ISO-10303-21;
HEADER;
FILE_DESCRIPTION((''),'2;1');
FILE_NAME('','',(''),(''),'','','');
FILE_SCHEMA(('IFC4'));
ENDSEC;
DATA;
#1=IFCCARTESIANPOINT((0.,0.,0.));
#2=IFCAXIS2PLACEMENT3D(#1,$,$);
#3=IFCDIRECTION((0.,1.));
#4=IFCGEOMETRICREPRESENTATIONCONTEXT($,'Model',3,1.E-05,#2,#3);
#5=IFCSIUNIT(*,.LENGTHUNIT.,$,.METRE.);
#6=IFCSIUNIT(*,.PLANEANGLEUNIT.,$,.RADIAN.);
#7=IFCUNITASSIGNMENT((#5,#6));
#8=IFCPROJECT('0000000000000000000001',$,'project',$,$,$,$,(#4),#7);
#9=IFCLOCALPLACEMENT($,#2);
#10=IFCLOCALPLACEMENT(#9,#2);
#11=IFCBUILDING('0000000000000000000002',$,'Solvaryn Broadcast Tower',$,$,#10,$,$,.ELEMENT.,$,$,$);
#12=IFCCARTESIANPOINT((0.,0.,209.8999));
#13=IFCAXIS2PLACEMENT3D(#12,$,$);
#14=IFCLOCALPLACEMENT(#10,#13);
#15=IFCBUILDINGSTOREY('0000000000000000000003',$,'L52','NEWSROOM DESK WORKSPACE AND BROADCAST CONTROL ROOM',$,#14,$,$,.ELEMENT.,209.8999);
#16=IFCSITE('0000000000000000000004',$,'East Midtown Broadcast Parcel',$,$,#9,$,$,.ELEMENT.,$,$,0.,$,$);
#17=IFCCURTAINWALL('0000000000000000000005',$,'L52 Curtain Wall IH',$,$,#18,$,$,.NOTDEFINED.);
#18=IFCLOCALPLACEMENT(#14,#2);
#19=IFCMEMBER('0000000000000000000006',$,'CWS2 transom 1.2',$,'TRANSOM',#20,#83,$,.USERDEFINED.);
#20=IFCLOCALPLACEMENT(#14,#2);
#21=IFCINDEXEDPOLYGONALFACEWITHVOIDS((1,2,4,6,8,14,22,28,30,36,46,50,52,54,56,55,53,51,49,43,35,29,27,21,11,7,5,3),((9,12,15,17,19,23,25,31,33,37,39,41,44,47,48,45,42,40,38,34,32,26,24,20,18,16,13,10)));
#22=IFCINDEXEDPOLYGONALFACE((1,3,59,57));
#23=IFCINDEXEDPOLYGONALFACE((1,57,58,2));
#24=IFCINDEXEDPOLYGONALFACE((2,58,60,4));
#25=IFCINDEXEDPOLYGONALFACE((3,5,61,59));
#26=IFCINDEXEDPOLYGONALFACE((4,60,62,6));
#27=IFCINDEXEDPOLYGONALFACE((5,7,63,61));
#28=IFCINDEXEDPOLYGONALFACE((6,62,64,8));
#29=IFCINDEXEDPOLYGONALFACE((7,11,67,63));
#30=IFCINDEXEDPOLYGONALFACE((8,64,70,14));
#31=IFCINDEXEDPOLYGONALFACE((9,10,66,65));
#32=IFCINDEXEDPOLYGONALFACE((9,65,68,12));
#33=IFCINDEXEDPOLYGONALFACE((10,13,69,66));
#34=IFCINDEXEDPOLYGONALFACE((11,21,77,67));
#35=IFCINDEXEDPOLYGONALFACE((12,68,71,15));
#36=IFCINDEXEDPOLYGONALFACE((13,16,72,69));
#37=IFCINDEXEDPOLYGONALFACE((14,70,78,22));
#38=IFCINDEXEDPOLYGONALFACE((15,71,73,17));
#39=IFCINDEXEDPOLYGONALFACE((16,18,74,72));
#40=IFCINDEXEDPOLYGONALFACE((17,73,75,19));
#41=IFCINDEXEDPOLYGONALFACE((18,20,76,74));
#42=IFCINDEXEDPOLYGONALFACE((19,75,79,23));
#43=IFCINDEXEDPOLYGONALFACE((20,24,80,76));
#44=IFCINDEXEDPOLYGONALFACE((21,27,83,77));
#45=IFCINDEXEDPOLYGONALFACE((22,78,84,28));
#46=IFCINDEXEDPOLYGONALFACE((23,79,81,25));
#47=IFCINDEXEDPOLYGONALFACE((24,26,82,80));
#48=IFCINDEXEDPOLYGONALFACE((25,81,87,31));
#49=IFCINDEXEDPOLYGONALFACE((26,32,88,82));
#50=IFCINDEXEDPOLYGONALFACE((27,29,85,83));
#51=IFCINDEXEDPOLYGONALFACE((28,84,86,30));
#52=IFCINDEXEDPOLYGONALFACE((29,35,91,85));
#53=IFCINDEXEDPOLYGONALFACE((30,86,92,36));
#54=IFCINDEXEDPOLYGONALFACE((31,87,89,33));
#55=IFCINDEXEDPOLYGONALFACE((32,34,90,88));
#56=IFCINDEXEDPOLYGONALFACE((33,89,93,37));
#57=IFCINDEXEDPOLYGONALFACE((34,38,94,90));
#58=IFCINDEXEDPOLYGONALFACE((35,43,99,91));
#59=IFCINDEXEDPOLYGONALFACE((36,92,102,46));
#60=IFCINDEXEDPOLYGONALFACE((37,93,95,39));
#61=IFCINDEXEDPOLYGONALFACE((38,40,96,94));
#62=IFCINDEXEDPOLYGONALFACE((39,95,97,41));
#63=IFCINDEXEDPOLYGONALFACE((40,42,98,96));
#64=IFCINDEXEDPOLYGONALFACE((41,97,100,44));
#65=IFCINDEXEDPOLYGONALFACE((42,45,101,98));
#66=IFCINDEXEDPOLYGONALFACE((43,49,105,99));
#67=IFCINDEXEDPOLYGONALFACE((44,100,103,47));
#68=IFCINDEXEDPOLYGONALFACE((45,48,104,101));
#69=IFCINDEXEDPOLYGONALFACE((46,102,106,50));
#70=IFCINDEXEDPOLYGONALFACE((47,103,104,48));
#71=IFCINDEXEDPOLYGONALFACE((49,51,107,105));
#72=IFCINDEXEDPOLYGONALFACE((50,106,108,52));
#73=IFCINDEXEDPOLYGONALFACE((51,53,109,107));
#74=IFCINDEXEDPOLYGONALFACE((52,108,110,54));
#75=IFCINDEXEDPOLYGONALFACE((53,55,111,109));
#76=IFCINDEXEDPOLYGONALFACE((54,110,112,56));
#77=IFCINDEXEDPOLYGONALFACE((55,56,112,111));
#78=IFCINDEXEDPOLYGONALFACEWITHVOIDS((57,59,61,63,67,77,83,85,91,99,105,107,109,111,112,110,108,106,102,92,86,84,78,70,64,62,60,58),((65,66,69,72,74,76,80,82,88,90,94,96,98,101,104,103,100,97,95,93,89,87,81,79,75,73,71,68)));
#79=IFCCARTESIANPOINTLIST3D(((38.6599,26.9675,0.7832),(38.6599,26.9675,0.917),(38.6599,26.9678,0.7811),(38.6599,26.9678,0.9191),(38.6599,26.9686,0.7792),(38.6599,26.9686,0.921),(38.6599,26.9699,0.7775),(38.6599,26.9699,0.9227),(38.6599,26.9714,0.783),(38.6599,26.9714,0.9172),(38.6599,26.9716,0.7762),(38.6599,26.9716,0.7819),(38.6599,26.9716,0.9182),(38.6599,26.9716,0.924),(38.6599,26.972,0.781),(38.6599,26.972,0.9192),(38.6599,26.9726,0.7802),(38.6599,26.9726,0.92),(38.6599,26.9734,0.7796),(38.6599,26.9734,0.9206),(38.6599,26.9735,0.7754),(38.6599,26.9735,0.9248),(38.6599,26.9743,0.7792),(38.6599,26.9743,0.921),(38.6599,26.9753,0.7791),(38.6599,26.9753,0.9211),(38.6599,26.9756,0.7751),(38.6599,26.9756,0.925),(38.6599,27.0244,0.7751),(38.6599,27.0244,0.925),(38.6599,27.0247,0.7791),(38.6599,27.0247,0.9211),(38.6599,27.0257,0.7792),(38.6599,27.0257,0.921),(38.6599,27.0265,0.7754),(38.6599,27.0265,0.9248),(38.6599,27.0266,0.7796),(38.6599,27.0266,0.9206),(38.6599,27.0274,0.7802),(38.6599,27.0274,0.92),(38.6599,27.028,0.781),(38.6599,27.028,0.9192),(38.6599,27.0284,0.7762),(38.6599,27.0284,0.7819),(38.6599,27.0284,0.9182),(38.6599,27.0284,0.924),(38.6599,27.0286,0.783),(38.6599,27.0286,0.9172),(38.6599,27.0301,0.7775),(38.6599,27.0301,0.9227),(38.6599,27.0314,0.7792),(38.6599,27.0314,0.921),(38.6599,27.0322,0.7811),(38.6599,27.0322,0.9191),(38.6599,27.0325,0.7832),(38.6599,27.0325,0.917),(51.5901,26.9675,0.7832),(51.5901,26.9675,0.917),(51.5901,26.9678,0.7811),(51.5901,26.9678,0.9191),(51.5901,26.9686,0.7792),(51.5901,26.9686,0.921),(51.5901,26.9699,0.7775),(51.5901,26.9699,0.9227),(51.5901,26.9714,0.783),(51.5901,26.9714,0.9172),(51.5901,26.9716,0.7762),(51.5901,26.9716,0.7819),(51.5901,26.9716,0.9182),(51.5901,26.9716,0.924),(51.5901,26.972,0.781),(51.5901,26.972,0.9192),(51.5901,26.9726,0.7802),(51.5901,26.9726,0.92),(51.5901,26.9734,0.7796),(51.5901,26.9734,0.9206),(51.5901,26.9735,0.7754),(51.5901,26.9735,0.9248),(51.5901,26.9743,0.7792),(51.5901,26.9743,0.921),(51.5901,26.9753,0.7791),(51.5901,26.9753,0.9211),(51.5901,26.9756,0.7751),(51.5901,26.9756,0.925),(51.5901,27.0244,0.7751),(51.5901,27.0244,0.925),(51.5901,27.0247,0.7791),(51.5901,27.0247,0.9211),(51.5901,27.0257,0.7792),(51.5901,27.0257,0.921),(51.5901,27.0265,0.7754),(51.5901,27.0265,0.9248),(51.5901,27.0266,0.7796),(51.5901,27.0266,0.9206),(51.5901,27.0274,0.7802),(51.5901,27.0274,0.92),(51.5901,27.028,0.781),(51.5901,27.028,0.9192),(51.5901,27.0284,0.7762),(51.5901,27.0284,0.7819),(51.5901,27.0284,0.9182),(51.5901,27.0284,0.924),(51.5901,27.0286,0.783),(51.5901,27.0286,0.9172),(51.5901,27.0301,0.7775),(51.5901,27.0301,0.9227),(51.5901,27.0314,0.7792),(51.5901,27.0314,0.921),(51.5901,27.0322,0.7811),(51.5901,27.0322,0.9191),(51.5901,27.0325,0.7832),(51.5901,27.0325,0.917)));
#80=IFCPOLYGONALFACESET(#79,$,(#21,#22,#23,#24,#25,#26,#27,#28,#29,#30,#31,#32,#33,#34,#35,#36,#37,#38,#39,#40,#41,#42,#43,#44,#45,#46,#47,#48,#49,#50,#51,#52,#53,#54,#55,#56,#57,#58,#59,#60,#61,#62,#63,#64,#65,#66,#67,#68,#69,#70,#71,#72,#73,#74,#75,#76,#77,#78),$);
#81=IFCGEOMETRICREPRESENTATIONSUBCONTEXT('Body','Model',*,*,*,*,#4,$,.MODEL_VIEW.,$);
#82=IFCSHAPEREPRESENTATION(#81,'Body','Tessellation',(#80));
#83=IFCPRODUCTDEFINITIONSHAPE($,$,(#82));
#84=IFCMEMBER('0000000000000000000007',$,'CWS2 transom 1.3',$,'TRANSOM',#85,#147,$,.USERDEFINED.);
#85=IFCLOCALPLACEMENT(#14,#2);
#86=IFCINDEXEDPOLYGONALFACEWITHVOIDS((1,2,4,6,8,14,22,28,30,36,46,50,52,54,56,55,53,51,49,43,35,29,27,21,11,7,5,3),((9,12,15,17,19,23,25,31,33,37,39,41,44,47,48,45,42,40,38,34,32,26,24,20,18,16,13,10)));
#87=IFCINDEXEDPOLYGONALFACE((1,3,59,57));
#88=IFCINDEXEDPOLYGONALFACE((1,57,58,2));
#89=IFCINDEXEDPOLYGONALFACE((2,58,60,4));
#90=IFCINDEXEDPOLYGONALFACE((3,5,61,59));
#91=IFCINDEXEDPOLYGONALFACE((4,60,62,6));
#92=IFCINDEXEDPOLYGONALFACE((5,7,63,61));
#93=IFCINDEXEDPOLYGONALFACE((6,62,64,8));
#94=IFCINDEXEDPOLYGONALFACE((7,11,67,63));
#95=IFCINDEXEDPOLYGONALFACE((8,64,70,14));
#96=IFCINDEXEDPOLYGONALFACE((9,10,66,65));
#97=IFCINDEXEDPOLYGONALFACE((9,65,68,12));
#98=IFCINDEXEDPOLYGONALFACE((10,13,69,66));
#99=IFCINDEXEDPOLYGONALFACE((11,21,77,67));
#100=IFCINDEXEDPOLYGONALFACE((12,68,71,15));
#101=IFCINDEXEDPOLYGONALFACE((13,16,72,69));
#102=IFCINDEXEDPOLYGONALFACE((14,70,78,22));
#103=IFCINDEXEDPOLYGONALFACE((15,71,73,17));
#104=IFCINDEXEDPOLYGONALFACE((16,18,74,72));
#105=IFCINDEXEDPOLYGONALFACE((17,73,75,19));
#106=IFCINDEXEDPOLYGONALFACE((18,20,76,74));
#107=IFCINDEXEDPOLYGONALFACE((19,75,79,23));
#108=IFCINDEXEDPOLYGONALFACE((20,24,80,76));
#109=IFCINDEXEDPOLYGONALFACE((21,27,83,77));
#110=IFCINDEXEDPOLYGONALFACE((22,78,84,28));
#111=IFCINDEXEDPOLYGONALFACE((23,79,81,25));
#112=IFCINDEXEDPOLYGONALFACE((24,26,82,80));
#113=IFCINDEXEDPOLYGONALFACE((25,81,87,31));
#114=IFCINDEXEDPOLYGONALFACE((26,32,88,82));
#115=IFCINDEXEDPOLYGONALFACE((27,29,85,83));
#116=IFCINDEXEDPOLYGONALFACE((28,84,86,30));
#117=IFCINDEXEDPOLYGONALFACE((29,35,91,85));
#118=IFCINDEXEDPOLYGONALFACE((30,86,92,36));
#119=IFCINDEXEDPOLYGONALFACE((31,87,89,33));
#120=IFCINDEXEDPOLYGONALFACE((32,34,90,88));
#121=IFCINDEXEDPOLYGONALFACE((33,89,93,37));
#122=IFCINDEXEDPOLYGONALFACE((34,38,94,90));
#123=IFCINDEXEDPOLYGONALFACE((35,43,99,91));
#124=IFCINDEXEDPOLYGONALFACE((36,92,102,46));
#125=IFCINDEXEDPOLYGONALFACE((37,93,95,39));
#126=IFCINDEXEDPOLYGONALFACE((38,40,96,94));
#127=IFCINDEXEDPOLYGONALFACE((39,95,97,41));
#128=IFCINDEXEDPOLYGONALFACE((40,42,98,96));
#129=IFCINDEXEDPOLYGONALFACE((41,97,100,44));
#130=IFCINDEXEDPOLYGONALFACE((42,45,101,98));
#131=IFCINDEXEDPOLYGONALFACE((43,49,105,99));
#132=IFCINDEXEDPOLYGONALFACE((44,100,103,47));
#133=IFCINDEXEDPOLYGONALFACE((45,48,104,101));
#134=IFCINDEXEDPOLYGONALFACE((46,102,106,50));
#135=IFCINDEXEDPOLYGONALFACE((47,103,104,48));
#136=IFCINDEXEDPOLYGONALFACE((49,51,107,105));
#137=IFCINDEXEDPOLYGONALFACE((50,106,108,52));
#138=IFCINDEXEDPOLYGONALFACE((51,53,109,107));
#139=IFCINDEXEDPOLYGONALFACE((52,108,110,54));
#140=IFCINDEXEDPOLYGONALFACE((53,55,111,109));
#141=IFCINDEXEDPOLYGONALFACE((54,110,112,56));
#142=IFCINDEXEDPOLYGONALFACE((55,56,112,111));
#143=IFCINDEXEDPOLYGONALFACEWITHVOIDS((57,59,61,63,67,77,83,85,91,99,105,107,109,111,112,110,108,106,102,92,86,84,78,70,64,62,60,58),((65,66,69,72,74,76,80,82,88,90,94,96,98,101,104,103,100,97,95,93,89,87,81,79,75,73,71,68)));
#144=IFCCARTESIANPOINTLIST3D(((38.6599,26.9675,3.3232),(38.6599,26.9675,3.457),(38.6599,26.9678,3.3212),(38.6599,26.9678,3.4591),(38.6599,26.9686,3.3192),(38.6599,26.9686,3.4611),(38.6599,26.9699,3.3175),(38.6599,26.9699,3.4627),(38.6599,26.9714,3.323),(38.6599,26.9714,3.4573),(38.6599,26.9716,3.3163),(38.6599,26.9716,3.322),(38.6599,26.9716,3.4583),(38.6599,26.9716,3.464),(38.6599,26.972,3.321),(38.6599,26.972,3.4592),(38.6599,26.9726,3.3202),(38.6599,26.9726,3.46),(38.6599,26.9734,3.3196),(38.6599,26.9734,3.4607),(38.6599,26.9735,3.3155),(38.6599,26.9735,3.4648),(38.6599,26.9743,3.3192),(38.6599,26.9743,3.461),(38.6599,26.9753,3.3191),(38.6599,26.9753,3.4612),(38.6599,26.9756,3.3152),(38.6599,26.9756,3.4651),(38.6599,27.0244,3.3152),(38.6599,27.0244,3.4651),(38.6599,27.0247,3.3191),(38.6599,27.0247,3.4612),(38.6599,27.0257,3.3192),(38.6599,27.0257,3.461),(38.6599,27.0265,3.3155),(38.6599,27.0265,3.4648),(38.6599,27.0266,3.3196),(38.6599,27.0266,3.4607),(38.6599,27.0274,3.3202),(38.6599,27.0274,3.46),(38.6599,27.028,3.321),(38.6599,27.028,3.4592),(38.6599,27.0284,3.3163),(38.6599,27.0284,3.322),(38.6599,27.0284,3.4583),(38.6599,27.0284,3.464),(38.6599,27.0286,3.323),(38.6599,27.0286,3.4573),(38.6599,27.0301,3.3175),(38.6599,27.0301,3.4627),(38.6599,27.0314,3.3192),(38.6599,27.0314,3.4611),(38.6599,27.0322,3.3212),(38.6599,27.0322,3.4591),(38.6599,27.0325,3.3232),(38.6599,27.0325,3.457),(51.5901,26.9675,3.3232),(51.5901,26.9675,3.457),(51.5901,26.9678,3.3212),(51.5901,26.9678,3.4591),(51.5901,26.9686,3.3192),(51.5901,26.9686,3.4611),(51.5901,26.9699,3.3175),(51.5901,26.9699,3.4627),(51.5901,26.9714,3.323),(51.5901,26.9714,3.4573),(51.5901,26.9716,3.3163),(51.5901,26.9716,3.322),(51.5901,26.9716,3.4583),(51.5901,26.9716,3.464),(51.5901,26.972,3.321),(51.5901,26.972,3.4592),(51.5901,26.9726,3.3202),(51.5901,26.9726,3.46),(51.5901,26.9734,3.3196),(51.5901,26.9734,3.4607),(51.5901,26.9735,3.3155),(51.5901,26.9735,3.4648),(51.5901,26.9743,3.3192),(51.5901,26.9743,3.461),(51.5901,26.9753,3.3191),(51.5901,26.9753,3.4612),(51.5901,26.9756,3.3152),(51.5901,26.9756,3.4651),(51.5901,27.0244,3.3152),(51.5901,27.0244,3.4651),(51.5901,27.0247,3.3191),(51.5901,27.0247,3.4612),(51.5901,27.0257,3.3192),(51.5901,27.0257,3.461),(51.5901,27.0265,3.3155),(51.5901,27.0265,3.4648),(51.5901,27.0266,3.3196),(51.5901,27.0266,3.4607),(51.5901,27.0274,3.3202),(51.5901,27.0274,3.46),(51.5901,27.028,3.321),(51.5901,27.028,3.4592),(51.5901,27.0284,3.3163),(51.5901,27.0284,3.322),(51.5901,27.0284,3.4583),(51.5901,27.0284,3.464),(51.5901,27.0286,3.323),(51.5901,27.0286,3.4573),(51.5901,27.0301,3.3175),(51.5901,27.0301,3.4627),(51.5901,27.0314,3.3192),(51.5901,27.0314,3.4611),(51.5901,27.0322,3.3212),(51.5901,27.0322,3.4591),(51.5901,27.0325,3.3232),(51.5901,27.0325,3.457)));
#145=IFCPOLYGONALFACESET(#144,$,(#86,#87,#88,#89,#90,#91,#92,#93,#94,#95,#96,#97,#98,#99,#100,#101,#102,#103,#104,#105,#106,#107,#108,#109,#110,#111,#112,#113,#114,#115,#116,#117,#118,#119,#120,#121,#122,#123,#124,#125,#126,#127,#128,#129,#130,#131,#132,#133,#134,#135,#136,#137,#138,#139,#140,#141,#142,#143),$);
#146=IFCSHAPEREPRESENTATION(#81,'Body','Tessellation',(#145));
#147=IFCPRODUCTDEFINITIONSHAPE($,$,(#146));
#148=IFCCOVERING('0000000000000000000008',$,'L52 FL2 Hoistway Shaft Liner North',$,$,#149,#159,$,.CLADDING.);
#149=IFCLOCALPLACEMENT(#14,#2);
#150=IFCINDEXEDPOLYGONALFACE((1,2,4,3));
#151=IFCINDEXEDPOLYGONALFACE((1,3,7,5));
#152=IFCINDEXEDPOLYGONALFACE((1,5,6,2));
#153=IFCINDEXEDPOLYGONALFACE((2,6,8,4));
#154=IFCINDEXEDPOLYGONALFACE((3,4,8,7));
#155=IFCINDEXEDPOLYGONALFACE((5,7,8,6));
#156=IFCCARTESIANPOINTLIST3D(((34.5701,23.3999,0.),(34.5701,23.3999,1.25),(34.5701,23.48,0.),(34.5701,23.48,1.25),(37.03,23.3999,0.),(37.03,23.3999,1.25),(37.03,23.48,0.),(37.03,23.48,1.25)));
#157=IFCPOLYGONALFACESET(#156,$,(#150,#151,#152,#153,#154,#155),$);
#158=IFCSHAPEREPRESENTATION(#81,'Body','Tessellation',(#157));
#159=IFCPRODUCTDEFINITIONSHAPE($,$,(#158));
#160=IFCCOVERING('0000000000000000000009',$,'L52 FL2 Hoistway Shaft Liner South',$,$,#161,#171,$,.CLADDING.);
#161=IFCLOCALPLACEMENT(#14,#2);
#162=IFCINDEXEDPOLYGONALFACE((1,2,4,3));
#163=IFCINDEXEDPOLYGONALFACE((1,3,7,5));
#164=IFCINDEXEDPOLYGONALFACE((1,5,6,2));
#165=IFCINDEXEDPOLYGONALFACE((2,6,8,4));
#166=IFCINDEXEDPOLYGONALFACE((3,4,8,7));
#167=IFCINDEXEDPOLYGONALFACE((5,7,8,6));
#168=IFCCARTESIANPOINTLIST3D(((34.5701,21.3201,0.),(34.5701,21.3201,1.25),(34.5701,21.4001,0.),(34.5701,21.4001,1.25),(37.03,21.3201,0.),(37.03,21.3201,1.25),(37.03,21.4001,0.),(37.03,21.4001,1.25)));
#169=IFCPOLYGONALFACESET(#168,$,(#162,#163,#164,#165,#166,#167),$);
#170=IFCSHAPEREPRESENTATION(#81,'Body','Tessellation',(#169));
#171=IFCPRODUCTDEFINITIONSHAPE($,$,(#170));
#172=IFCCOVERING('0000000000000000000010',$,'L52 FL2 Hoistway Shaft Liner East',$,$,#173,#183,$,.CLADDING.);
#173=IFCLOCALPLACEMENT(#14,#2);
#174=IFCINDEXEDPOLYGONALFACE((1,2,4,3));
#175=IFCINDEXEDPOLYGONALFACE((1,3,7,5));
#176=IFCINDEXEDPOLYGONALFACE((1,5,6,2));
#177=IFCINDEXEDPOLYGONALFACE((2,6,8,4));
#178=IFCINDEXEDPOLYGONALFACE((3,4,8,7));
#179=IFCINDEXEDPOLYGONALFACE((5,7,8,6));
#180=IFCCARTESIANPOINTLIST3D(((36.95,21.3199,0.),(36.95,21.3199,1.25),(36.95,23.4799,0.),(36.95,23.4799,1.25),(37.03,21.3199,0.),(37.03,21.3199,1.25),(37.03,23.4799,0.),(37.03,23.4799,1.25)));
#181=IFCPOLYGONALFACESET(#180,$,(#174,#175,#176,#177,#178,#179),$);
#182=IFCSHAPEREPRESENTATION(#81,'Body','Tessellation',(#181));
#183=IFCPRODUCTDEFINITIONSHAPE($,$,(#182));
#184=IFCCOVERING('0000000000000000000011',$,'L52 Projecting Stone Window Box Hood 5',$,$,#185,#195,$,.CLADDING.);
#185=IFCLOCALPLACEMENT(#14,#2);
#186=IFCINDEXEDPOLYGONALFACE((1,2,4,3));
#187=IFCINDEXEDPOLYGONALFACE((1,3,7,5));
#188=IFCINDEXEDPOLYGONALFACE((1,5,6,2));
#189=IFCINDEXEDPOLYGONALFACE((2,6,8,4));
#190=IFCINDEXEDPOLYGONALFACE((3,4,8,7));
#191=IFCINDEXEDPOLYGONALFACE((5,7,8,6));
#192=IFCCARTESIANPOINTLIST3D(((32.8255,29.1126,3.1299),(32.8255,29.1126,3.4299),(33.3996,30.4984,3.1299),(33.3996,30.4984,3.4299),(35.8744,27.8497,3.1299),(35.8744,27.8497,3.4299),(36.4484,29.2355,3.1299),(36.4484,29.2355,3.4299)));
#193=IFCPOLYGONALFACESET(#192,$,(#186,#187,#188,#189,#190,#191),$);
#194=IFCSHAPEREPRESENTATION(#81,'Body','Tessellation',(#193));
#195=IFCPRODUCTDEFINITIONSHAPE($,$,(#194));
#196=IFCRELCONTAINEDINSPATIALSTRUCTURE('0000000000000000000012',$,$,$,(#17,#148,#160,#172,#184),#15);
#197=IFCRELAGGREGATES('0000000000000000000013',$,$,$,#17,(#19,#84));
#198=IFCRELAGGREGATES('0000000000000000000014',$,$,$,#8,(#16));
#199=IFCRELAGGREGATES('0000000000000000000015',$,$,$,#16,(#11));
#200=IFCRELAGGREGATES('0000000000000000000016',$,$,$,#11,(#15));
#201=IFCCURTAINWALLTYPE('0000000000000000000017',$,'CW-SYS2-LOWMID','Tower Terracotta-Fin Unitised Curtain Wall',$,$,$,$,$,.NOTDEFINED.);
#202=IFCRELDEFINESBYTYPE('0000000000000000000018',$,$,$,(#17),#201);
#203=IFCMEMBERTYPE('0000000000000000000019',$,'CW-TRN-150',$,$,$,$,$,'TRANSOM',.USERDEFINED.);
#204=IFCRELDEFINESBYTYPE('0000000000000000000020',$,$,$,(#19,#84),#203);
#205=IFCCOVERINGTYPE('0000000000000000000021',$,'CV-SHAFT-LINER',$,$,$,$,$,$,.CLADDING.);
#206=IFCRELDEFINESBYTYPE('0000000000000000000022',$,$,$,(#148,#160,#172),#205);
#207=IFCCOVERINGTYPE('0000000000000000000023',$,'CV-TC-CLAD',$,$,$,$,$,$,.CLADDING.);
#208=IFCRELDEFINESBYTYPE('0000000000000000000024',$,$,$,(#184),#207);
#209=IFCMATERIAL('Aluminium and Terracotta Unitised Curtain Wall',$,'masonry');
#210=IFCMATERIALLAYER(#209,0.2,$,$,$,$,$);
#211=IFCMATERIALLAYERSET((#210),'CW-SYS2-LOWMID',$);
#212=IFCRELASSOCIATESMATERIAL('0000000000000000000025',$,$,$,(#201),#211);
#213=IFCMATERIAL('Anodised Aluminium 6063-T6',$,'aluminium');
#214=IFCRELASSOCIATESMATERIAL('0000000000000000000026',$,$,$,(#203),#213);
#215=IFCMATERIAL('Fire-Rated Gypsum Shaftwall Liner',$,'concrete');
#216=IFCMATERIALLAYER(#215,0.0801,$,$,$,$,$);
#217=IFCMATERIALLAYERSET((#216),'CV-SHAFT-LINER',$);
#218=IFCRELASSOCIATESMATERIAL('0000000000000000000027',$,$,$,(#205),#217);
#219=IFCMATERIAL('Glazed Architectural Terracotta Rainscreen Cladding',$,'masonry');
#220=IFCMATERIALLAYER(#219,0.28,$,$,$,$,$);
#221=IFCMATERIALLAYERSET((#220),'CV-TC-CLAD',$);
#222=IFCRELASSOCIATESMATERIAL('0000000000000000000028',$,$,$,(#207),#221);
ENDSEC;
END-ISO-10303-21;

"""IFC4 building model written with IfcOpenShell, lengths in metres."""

from ifc_helpers import new_model, si_unit, direction, frame, origin, origin_2d, place, context, subcontext, project, spatial, rectangle, hollow_rectangle, extrude, material, layer, layer_set, material_profile, profile_set, type_object, element, aggregate, save


model = new_model("IFC4")

# Units and contexts
model_context = context("Model", 3, precision=1e-05, world=origin(), true_north=direction((0.0, 1.0)))
body_context = subcontext(model_context, "Body", "Model", "MODEL_VIEW")
ifc_project = project(units=[si_unit("LENGTHUNIT", "METRE"), si_unit("PLANEANGLEUNIT", "RADIAN")], contexts=[model_context])

# Site, building, storey
site_placement = place(None, origin())
site = spatial("IfcSite", under=ifc_project, at=site_placement, Name="East Midtown Broadcast Parcel", CompositionType="ELEMENT", RefElevation=0.0)
building_placement = place(site_placement, origin())
building = spatial("IfcBuilding", under=site, at=building_placement, Name="Solvaryn Broadcast Tower", CompositionType="ELEMENT")
storey_placement = place(building_placement, frame((0.0, 0.0, 209.8999)))
storey = spatial("IfcBuildingStorey", under=building, at=storey_placement, Name="L52", Description="NEWSROOM DESK WORKSPACE AND BROADCAST CONTROL ROOM", CompositionType="ELEMENT", Elevation=209.8999)

# Curtain wall
ifc_material_1 = material(Name="Aluminium and Terracotta Unitised Curtain Wall", Category="masonry")
ifc_layer_1 = layer(ifc_material_1, 0.2)
ifc_layer_set_1 = layer_set([ifc_layer_1], Name="CW-SYS2-LOWMID")
curtain_wall_type = type_object("IfcCurtainWallType", Name="CW-SYS2-LOWMID", Description="Tower Terracotta-Fin Unitised Curtain Wall", PredefinedType="NOTDEFINED", material=ifc_layer_set_1)
curtain_wall_1_placement = place(storey_placement, origin())
curtain_wall_1 = element("IfcCurtainWall", 1, at=curtain_wall_1_placement, inside=storey, type_object=curtain_wall_type, Name="L52 Curtain Wall IH", PredefinedType="NOTDEFINED")

# Members
ifc_material_2 = material(Name="Anodised Aluminium 6063-T6", Category="aluminium")
ifc_material_profile_1 = material_profile(ifc_material_2, hollow_rectangle(XDim=0.0649, YDim=0.1499, WallThickness=0.0039, InnerFilletRadius=0.0039, OuterFilletRadius=0.0081, at=origin_2d()))
ifc_profile_set_1 = profile_set([ifc_material_profile_1], Name="Anodised Aluminium 6063-T6")
member_type_1 = type_object("IfcMemberType", Name="CW-TRN-150", ElementType="TRANSOM", PredefinedType="USERDEFINED", material=ifc_profile_set_1)
member_1_placement = place(storey_placement, frame((38.6599, 27.0, 0.8501), z_axis=(1.0, 0.0, 0.0), x_axis=(0.0, 1.0, 0.0)))
member_1 = element("IfcMember", 2, at=member_1_placement, type_object=member_type_1, Name="CWS2 transom 1.2", ObjectType="TRANSOM", PredefinedType="USERDEFINED", context=body_context, shape_type="SweptSolid", body=[
    extrude(hollow_rectangle(XDim=0.0649, YDim=0.1499, WallThickness=0.0039, InnerFilletRadius=0.0039, OuterFilletRadius=0.0081, at=origin_2d()), origin(), (0.0, 0.0, 1.0), 12.9302),
])
member_2_placement = place(storey_placement, frame((38.6599, 27.0, 3.3901), z_axis=(1.0, 0.0, 0.0), x_axis=(0.0, 1.0, 0.0)))
member_2 = element("IfcMember", 3, at=member_2_placement, type_object=member_type_1, Name="CWS2 transom 1.3", ObjectType="TRANSOM", PredefinedType="USERDEFINED", context=body_context, shape_type="SweptSolid", body=[
    extrude(hollow_rectangle(XDim=0.0649, YDim=0.1499, WallThickness=0.0039, InnerFilletRadius=0.0039, OuterFilletRadius=0.0081, at=origin_2d()), origin(), (0.0, 0.0, 1.0), 12.9302),
])
aggregate(curtain_wall_1, [member_1, member_2])

# Coverings
ifc_material_3 = material(Name="Fire-Rated Gypsum Shaftwall Liner", Category="concrete")
ifc_layer_2 = layer(ifc_material_3, 0.0801)
ifc_layer_set_2 = layer_set([ifc_layer_2], Name="CV-SHAFT-LINER")
covering_type_1 = type_object("IfcCoveringType", Name="CV-SHAFT-LINER", PredefinedType="CLADDING", material=ifc_layer_set_2)
for number, where, z_axis, x_axis, name in (
    (4, (35.8, 23.4399, 0.0), (0.0, 0.0, 1.0), (1.0, 0.0, 0.0), "L52 FL2 Hoistway Shaft Liner North"),
    (5, (35.8, 21.3601, 0.0), (0.0, 0.0, 1.0), (1.0, 0.0, 0.0), "L52 FL2 Hoistway Shaft Liner South"),
):
    element("IfcCovering", number, at=place(storey_placement, frame(where, z_axis=z_axis, x_axis=x_axis)), inside=storey, type_object=covering_type_1, Name=name, PredefinedType="CLADDING", context=body_context, shape_type="SweptSolid", body=[
        extrude(rectangle(XDim=2.46, YDim=0.0801, at=origin_2d()), origin(), (0.0, 0.0, 1.0), 1.25),
    ])
covering_placement = place(storey_placement, frame((36.99, 22.3999, 0.0), z_axis=(0.0, 0.0, 1.0), x_axis=(1.0, 0.0, 0.0)))
element("IfcCovering", 6, at=covering_placement, inside=storey, type_object=covering_type_1, Name="L52 FL2 Hoistway Shaft Liner East", PredefinedType="CLADDING", context=body_context, shape_type="SweptSolid", body=[
    extrude(rectangle(XDim=0.0801, YDim=2.1599, at=origin_2d()), origin(), (0.0, 0.0, 1.0), 1.25),
])
ifc_material_4 = material(Name="Glazed Architectural Terracotta Rainscreen Cladding", Category="masonry")
ifc_layer_3 = layer(ifc_material_4, 0.28)
ifc_layer_set_3 = layer_set([ifc_layer_3], Name="CV-TC-CLAD")
covering_type_2 = type_object("IfcCoveringType", Name="CV-TC-CLAD", PredefinedType="CLADDING", material=ifc_layer_set_3)
for number, where, z_axis, x_axis, name in (
    (7, (34.637, 29.1741, 3.1299), (0.0, 0.0, 1.0), (-0.92388, 0.382683, 0.0), "L52 Projecting Stone Window Box Hood 5"),
):
    element("IfcCovering", number, at=place(storey_placement, frame(where, z_axis=z_axis, x_axis=x_axis)), inside=storey, type_object=covering_type_2, Name=name, PredefinedType="CLADDING", context=body_context, shape_type="SweptSolid", body=[
        extrude(rectangle(XDim=3.3, YDim=1.5, at=origin_2d()), origin(), (0.0, 0.0, 1.0), 0.3),
    ])

save(model, "model.ifc")
